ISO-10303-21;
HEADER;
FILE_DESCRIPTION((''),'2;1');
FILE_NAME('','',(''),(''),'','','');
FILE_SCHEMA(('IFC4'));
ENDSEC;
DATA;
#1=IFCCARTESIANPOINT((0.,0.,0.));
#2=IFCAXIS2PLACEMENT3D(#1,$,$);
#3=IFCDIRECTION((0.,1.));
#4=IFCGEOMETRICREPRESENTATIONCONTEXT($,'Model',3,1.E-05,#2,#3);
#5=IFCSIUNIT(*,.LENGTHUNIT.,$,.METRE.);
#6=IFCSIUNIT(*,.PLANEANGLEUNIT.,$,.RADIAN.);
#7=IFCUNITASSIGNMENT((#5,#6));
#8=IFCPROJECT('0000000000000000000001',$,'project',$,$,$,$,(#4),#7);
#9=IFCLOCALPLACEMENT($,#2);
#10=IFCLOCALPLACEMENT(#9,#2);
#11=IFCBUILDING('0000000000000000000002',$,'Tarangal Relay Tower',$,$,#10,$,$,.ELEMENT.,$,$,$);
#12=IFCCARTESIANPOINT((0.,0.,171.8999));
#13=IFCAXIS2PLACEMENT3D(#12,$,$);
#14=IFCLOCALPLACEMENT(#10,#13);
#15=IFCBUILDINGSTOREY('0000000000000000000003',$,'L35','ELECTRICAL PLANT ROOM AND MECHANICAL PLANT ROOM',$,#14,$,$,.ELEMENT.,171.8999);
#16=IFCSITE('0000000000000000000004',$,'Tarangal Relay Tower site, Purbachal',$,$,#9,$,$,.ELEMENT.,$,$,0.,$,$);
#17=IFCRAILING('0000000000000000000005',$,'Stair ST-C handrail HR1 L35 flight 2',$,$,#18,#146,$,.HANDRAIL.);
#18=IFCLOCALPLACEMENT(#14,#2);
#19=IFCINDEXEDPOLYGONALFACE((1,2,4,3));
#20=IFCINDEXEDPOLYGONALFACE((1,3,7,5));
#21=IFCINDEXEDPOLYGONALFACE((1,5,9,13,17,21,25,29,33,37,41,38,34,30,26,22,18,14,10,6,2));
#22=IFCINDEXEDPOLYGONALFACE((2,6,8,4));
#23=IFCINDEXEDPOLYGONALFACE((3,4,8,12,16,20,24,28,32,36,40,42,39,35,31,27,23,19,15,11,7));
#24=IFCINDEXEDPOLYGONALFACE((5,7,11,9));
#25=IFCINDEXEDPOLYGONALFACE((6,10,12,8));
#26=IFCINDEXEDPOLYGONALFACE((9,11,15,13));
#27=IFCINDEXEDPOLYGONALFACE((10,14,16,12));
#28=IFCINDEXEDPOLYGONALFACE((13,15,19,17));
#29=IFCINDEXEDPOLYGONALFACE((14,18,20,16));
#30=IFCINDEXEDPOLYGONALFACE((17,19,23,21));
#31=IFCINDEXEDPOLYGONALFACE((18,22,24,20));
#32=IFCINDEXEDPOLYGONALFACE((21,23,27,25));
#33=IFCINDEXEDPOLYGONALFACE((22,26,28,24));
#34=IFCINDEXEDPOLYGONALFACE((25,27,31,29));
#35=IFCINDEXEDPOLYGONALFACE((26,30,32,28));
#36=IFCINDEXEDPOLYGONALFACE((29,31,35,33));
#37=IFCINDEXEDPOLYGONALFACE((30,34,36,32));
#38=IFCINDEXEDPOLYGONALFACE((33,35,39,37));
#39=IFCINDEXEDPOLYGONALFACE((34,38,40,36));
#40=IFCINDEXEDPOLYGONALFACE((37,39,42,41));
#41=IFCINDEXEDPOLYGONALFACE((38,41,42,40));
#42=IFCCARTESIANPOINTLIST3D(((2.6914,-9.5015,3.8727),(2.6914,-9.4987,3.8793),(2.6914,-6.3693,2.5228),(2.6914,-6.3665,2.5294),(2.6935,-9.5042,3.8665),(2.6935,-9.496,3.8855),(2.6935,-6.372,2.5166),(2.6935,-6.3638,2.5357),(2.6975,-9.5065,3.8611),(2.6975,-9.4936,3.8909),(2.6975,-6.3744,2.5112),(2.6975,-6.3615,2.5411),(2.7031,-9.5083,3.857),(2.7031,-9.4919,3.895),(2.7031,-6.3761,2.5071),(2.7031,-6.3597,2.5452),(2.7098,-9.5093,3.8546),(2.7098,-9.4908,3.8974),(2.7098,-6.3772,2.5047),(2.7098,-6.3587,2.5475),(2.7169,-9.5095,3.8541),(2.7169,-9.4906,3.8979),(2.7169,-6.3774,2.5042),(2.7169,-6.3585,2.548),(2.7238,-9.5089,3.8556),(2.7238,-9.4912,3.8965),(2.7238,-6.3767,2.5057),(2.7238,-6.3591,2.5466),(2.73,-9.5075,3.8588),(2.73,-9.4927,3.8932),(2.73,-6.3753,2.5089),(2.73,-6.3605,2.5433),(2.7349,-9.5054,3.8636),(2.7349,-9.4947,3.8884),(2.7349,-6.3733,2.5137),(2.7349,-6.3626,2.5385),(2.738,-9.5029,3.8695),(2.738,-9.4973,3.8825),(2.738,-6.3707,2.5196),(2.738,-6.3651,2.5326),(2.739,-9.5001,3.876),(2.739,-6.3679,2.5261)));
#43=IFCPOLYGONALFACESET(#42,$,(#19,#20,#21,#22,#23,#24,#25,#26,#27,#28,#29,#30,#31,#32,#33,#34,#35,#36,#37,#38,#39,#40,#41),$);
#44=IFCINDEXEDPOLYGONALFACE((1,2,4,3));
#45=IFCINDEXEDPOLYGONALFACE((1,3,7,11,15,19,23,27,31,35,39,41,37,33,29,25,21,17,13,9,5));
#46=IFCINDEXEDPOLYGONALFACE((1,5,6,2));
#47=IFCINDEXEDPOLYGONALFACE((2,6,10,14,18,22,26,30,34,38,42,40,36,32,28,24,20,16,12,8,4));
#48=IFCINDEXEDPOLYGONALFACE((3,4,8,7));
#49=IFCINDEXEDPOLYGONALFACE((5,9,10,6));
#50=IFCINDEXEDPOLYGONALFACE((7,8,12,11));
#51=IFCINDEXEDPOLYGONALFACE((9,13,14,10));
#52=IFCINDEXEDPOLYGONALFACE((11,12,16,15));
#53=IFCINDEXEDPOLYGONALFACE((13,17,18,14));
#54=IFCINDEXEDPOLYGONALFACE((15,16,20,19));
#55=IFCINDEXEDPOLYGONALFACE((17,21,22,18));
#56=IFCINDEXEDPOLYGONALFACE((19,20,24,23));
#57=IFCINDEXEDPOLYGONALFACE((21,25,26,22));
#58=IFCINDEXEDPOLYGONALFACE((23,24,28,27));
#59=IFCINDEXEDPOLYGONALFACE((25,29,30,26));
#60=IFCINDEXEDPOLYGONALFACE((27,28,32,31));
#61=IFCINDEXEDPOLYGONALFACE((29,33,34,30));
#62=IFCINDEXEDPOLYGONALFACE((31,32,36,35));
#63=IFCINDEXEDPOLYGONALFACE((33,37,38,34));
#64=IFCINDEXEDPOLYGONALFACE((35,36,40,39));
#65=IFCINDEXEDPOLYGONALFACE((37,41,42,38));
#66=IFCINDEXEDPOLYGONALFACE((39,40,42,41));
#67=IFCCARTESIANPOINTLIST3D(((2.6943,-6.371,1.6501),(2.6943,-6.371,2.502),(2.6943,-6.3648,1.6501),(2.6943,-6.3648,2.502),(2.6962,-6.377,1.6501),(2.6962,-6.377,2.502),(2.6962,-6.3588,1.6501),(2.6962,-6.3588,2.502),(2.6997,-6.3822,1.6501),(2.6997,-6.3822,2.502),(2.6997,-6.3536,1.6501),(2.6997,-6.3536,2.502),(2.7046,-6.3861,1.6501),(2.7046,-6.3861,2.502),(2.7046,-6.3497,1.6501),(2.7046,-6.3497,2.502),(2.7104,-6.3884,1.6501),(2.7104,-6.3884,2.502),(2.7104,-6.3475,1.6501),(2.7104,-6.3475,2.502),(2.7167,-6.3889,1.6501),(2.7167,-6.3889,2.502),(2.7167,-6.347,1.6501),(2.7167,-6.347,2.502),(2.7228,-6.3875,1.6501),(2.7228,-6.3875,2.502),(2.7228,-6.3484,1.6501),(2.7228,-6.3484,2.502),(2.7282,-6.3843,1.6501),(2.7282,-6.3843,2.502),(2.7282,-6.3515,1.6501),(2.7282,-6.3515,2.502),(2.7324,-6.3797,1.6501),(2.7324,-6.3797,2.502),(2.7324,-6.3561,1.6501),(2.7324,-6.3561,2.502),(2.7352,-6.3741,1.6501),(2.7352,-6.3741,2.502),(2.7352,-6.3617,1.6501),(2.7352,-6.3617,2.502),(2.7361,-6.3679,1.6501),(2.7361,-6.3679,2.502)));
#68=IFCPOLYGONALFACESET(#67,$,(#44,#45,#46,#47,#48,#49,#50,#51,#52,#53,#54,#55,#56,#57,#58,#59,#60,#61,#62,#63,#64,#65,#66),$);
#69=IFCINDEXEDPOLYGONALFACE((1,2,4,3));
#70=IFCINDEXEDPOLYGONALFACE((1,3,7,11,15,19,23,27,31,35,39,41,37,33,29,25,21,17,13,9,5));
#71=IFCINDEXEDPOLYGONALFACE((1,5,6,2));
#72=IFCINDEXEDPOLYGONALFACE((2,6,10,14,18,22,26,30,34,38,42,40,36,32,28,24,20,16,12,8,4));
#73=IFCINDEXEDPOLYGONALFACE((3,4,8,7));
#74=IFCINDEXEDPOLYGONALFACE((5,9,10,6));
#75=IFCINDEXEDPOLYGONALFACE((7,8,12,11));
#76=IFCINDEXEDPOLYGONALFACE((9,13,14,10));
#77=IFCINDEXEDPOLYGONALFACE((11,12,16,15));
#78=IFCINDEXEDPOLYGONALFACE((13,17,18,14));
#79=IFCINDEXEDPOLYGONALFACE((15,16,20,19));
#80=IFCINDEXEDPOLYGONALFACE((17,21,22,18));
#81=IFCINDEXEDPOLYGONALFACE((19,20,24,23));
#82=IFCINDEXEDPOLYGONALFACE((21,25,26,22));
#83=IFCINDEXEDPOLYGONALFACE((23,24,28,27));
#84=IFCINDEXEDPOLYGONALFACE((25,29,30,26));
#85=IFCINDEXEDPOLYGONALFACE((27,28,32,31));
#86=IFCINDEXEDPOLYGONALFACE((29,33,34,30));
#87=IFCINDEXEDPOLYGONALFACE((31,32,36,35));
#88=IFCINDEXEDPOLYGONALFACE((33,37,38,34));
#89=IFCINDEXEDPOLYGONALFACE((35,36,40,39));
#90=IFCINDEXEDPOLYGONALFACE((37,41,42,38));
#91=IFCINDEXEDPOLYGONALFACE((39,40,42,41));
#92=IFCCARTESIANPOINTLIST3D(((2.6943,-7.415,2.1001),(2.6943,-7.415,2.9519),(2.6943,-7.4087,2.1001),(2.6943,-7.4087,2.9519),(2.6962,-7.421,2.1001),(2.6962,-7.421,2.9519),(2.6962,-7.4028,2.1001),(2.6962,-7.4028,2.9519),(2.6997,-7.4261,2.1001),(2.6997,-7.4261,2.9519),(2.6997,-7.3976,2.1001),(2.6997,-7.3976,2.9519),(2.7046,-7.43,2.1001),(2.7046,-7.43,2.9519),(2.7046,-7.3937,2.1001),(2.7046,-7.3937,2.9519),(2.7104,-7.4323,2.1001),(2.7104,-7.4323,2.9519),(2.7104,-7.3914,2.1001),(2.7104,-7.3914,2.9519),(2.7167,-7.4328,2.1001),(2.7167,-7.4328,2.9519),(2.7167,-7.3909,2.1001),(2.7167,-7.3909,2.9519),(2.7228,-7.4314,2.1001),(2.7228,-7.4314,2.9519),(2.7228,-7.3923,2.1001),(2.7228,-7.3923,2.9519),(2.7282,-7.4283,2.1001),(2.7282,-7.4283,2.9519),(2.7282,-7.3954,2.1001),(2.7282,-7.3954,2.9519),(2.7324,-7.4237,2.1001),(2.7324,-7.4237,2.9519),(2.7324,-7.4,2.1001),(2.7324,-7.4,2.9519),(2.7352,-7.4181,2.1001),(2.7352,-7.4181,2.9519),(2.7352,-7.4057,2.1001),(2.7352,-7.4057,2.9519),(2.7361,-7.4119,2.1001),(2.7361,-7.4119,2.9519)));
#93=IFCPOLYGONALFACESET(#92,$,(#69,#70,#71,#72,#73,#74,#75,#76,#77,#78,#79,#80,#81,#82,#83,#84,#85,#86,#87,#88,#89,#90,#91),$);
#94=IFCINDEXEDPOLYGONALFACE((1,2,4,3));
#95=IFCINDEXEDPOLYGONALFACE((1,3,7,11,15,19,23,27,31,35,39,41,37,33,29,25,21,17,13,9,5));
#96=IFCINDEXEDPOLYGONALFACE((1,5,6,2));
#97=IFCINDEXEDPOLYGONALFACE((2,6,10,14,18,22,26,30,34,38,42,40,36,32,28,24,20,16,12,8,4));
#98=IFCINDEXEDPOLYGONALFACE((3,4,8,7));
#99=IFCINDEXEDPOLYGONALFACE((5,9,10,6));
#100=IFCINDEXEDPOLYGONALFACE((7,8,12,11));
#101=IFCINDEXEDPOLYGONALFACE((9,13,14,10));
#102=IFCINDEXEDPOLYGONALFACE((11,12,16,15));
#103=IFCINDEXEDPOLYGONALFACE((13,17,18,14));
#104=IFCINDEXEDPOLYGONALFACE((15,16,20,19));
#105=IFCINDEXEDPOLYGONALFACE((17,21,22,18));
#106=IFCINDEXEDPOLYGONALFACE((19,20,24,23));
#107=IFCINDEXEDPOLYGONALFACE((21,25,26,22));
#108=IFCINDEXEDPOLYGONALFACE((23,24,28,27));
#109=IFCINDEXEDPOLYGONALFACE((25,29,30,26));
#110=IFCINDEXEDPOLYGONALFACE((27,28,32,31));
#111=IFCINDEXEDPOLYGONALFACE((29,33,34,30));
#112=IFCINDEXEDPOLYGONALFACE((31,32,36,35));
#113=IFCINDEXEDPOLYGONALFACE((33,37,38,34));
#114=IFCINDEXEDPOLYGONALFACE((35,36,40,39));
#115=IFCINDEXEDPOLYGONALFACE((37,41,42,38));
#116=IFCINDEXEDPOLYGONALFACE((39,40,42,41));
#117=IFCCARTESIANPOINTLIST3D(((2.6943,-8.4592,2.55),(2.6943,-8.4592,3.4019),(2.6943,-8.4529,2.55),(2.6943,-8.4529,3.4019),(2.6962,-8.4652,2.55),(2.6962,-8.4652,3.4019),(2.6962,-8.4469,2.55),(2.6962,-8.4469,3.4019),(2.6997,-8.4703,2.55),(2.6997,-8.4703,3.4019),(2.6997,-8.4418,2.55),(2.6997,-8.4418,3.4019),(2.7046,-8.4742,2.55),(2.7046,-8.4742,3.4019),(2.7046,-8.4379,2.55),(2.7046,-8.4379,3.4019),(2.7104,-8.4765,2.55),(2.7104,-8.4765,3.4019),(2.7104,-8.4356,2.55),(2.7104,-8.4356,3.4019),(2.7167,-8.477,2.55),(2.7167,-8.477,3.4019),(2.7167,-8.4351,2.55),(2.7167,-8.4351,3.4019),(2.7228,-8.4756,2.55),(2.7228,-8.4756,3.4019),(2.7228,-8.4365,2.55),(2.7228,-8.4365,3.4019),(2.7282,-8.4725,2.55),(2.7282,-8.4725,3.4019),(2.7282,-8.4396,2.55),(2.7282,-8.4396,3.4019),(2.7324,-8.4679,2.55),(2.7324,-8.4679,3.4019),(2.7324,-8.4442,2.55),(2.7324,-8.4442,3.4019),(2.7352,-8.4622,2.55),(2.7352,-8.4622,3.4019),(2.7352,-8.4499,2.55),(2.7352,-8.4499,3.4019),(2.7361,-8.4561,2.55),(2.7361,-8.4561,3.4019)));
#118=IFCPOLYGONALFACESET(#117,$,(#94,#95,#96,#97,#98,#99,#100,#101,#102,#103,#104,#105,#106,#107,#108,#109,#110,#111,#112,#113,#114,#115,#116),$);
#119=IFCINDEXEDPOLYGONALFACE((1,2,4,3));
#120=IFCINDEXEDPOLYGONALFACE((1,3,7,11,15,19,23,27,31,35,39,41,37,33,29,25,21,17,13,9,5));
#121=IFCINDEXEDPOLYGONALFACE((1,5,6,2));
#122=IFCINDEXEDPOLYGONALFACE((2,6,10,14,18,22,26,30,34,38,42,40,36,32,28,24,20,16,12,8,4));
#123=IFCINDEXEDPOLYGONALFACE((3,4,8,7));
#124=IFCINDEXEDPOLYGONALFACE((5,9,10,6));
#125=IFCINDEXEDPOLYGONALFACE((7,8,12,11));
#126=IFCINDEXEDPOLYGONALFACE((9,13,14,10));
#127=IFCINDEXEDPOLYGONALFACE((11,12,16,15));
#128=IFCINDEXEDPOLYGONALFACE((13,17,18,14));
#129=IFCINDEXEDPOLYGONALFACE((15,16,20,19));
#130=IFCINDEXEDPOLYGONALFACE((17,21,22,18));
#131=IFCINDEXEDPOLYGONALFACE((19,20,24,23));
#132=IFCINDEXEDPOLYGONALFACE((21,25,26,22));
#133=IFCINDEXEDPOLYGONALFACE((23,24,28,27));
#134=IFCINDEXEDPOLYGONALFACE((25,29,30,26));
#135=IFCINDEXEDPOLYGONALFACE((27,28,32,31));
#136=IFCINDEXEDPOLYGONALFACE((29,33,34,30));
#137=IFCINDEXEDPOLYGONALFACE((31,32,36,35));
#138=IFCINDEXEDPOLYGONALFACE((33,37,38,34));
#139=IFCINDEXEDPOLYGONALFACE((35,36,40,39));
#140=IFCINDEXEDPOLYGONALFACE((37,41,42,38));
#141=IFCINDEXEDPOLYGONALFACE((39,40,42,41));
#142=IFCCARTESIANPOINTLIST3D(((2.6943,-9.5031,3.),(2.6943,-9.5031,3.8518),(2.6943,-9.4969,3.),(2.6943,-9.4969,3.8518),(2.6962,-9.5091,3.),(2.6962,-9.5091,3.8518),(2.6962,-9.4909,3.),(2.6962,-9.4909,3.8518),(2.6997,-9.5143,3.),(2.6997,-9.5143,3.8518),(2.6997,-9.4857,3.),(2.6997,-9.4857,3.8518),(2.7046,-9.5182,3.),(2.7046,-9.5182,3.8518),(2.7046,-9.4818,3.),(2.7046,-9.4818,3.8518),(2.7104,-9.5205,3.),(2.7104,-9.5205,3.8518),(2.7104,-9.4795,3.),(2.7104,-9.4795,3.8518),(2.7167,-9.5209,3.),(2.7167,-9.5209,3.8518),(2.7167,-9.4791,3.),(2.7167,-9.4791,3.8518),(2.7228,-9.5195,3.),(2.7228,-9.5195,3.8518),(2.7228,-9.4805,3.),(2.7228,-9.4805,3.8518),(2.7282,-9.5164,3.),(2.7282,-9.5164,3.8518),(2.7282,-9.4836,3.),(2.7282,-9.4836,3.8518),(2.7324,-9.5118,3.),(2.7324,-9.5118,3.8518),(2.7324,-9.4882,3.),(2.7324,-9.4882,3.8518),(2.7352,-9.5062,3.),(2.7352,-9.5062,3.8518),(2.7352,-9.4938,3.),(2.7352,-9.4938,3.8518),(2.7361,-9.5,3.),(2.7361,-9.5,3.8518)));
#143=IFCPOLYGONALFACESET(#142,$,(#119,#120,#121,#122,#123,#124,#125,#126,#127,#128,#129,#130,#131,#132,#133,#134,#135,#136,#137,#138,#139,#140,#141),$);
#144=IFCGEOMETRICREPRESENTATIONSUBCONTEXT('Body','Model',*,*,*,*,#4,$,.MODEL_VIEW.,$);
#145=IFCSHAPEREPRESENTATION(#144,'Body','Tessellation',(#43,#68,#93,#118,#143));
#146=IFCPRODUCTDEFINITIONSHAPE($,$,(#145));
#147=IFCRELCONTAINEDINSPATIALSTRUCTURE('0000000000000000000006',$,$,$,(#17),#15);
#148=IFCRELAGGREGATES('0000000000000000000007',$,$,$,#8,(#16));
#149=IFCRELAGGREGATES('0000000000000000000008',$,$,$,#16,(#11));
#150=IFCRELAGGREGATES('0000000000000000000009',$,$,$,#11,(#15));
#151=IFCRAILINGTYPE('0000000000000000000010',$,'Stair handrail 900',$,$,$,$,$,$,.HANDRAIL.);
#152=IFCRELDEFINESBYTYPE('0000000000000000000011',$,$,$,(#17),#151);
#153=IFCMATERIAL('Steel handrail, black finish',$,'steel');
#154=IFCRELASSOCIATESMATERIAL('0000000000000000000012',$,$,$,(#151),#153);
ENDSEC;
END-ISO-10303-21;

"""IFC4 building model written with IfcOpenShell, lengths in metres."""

from ifc_helpers import new_model, si_unit, direction, frame, origin, origin_2d, place, context, subcontext, project, spatial, circle, extrude, material, type_object, element, save


model = new_model("IFC4")

# Units and contexts
model_context = context("Model", 3, precision=1e-05, world=origin(), true_north=direction((0.0, 1.0)))
body_context = subcontext(model_context, "Body", "Model", "MODEL_VIEW")
ifc_project = project(units=[si_unit("LENGTHUNIT", "METRE"), si_unit("PLANEANGLEUNIT", "RADIAN")], contexts=[model_context])

# Site, building, storey
site_placement = place(None, origin())
site = spatial("IfcSite", under=ifc_project, at=site_placement, Name="Tarangal Relay Tower site, Purbachal", CompositionType="ELEMENT", RefElevation=0.0)
building_placement = place(site_placement, origin())
building = spatial("IfcBuilding", under=site, at=building_placement, Name="Tarangal Relay Tower", CompositionType="ELEMENT")
storey_placement = place(building_placement, frame((0.0, 0.0, 171.8999)))
storey = spatial("IfcBuildingStorey", under=building, at=storey_placement, Name="L35", Description="ELECTRICAL PLANT ROOM AND MECHANICAL PLANT ROOM", CompositionType="ELEMENT", Elevation=171.8999)

# Railing
ifc_material_1 = material(Name="Steel handrail, black finish", Category="steel")
railing_type_1 = type_object("IfcRailingType", Name="Stair handrail 900", PredefinedType="HANDRAIL", material=ifc_material_1)
for number, where, name in (
    (1, (2.7151, -6.3679, 1.6501), "Stair ST-C handrail HR1 L35 flight 2"),
):
    element("IfcRailing", number, at=place(storey_placement, frame(where)), inside=storey, type_object=railing_type_1, Name=name, PredefinedType="HANDRAIL", context=body_context, shape_type="SweptSolid", body=[
        extrude(circle(Radius=0.0239, at=origin_2d()), frame((0.0, 0.0, 0.876), z_axis=(0.0, -0.918343, 0.395785), x_axis=(1.0, 0.0, 0.0)), (0.0, 0.0, 1.0), 3.4106),
        extrude(circle(Radius=0.021, at=origin_2d()), origin(), (0.0, 0.0, 1.0), 0.8518),
        extrude(circle(Radius=0.021, at=origin_2d()), frame((0.0, -1.0439, 0.45)), (0.0, 0.0, 1.0), 0.8518),
        extrude(circle(Radius=0.021, at=origin_2d()), frame((0.0, -2.0881, 0.8999)), (0.0, 0.0, 1.0), 0.8518),
        extrude(circle(Radius=0.021, at=origin_2d()), frame((0.0, -3.1321, 1.3499)), (0.0, 0.0, 1.0), 0.8518),
    ])

save(model, "model.ifc")
